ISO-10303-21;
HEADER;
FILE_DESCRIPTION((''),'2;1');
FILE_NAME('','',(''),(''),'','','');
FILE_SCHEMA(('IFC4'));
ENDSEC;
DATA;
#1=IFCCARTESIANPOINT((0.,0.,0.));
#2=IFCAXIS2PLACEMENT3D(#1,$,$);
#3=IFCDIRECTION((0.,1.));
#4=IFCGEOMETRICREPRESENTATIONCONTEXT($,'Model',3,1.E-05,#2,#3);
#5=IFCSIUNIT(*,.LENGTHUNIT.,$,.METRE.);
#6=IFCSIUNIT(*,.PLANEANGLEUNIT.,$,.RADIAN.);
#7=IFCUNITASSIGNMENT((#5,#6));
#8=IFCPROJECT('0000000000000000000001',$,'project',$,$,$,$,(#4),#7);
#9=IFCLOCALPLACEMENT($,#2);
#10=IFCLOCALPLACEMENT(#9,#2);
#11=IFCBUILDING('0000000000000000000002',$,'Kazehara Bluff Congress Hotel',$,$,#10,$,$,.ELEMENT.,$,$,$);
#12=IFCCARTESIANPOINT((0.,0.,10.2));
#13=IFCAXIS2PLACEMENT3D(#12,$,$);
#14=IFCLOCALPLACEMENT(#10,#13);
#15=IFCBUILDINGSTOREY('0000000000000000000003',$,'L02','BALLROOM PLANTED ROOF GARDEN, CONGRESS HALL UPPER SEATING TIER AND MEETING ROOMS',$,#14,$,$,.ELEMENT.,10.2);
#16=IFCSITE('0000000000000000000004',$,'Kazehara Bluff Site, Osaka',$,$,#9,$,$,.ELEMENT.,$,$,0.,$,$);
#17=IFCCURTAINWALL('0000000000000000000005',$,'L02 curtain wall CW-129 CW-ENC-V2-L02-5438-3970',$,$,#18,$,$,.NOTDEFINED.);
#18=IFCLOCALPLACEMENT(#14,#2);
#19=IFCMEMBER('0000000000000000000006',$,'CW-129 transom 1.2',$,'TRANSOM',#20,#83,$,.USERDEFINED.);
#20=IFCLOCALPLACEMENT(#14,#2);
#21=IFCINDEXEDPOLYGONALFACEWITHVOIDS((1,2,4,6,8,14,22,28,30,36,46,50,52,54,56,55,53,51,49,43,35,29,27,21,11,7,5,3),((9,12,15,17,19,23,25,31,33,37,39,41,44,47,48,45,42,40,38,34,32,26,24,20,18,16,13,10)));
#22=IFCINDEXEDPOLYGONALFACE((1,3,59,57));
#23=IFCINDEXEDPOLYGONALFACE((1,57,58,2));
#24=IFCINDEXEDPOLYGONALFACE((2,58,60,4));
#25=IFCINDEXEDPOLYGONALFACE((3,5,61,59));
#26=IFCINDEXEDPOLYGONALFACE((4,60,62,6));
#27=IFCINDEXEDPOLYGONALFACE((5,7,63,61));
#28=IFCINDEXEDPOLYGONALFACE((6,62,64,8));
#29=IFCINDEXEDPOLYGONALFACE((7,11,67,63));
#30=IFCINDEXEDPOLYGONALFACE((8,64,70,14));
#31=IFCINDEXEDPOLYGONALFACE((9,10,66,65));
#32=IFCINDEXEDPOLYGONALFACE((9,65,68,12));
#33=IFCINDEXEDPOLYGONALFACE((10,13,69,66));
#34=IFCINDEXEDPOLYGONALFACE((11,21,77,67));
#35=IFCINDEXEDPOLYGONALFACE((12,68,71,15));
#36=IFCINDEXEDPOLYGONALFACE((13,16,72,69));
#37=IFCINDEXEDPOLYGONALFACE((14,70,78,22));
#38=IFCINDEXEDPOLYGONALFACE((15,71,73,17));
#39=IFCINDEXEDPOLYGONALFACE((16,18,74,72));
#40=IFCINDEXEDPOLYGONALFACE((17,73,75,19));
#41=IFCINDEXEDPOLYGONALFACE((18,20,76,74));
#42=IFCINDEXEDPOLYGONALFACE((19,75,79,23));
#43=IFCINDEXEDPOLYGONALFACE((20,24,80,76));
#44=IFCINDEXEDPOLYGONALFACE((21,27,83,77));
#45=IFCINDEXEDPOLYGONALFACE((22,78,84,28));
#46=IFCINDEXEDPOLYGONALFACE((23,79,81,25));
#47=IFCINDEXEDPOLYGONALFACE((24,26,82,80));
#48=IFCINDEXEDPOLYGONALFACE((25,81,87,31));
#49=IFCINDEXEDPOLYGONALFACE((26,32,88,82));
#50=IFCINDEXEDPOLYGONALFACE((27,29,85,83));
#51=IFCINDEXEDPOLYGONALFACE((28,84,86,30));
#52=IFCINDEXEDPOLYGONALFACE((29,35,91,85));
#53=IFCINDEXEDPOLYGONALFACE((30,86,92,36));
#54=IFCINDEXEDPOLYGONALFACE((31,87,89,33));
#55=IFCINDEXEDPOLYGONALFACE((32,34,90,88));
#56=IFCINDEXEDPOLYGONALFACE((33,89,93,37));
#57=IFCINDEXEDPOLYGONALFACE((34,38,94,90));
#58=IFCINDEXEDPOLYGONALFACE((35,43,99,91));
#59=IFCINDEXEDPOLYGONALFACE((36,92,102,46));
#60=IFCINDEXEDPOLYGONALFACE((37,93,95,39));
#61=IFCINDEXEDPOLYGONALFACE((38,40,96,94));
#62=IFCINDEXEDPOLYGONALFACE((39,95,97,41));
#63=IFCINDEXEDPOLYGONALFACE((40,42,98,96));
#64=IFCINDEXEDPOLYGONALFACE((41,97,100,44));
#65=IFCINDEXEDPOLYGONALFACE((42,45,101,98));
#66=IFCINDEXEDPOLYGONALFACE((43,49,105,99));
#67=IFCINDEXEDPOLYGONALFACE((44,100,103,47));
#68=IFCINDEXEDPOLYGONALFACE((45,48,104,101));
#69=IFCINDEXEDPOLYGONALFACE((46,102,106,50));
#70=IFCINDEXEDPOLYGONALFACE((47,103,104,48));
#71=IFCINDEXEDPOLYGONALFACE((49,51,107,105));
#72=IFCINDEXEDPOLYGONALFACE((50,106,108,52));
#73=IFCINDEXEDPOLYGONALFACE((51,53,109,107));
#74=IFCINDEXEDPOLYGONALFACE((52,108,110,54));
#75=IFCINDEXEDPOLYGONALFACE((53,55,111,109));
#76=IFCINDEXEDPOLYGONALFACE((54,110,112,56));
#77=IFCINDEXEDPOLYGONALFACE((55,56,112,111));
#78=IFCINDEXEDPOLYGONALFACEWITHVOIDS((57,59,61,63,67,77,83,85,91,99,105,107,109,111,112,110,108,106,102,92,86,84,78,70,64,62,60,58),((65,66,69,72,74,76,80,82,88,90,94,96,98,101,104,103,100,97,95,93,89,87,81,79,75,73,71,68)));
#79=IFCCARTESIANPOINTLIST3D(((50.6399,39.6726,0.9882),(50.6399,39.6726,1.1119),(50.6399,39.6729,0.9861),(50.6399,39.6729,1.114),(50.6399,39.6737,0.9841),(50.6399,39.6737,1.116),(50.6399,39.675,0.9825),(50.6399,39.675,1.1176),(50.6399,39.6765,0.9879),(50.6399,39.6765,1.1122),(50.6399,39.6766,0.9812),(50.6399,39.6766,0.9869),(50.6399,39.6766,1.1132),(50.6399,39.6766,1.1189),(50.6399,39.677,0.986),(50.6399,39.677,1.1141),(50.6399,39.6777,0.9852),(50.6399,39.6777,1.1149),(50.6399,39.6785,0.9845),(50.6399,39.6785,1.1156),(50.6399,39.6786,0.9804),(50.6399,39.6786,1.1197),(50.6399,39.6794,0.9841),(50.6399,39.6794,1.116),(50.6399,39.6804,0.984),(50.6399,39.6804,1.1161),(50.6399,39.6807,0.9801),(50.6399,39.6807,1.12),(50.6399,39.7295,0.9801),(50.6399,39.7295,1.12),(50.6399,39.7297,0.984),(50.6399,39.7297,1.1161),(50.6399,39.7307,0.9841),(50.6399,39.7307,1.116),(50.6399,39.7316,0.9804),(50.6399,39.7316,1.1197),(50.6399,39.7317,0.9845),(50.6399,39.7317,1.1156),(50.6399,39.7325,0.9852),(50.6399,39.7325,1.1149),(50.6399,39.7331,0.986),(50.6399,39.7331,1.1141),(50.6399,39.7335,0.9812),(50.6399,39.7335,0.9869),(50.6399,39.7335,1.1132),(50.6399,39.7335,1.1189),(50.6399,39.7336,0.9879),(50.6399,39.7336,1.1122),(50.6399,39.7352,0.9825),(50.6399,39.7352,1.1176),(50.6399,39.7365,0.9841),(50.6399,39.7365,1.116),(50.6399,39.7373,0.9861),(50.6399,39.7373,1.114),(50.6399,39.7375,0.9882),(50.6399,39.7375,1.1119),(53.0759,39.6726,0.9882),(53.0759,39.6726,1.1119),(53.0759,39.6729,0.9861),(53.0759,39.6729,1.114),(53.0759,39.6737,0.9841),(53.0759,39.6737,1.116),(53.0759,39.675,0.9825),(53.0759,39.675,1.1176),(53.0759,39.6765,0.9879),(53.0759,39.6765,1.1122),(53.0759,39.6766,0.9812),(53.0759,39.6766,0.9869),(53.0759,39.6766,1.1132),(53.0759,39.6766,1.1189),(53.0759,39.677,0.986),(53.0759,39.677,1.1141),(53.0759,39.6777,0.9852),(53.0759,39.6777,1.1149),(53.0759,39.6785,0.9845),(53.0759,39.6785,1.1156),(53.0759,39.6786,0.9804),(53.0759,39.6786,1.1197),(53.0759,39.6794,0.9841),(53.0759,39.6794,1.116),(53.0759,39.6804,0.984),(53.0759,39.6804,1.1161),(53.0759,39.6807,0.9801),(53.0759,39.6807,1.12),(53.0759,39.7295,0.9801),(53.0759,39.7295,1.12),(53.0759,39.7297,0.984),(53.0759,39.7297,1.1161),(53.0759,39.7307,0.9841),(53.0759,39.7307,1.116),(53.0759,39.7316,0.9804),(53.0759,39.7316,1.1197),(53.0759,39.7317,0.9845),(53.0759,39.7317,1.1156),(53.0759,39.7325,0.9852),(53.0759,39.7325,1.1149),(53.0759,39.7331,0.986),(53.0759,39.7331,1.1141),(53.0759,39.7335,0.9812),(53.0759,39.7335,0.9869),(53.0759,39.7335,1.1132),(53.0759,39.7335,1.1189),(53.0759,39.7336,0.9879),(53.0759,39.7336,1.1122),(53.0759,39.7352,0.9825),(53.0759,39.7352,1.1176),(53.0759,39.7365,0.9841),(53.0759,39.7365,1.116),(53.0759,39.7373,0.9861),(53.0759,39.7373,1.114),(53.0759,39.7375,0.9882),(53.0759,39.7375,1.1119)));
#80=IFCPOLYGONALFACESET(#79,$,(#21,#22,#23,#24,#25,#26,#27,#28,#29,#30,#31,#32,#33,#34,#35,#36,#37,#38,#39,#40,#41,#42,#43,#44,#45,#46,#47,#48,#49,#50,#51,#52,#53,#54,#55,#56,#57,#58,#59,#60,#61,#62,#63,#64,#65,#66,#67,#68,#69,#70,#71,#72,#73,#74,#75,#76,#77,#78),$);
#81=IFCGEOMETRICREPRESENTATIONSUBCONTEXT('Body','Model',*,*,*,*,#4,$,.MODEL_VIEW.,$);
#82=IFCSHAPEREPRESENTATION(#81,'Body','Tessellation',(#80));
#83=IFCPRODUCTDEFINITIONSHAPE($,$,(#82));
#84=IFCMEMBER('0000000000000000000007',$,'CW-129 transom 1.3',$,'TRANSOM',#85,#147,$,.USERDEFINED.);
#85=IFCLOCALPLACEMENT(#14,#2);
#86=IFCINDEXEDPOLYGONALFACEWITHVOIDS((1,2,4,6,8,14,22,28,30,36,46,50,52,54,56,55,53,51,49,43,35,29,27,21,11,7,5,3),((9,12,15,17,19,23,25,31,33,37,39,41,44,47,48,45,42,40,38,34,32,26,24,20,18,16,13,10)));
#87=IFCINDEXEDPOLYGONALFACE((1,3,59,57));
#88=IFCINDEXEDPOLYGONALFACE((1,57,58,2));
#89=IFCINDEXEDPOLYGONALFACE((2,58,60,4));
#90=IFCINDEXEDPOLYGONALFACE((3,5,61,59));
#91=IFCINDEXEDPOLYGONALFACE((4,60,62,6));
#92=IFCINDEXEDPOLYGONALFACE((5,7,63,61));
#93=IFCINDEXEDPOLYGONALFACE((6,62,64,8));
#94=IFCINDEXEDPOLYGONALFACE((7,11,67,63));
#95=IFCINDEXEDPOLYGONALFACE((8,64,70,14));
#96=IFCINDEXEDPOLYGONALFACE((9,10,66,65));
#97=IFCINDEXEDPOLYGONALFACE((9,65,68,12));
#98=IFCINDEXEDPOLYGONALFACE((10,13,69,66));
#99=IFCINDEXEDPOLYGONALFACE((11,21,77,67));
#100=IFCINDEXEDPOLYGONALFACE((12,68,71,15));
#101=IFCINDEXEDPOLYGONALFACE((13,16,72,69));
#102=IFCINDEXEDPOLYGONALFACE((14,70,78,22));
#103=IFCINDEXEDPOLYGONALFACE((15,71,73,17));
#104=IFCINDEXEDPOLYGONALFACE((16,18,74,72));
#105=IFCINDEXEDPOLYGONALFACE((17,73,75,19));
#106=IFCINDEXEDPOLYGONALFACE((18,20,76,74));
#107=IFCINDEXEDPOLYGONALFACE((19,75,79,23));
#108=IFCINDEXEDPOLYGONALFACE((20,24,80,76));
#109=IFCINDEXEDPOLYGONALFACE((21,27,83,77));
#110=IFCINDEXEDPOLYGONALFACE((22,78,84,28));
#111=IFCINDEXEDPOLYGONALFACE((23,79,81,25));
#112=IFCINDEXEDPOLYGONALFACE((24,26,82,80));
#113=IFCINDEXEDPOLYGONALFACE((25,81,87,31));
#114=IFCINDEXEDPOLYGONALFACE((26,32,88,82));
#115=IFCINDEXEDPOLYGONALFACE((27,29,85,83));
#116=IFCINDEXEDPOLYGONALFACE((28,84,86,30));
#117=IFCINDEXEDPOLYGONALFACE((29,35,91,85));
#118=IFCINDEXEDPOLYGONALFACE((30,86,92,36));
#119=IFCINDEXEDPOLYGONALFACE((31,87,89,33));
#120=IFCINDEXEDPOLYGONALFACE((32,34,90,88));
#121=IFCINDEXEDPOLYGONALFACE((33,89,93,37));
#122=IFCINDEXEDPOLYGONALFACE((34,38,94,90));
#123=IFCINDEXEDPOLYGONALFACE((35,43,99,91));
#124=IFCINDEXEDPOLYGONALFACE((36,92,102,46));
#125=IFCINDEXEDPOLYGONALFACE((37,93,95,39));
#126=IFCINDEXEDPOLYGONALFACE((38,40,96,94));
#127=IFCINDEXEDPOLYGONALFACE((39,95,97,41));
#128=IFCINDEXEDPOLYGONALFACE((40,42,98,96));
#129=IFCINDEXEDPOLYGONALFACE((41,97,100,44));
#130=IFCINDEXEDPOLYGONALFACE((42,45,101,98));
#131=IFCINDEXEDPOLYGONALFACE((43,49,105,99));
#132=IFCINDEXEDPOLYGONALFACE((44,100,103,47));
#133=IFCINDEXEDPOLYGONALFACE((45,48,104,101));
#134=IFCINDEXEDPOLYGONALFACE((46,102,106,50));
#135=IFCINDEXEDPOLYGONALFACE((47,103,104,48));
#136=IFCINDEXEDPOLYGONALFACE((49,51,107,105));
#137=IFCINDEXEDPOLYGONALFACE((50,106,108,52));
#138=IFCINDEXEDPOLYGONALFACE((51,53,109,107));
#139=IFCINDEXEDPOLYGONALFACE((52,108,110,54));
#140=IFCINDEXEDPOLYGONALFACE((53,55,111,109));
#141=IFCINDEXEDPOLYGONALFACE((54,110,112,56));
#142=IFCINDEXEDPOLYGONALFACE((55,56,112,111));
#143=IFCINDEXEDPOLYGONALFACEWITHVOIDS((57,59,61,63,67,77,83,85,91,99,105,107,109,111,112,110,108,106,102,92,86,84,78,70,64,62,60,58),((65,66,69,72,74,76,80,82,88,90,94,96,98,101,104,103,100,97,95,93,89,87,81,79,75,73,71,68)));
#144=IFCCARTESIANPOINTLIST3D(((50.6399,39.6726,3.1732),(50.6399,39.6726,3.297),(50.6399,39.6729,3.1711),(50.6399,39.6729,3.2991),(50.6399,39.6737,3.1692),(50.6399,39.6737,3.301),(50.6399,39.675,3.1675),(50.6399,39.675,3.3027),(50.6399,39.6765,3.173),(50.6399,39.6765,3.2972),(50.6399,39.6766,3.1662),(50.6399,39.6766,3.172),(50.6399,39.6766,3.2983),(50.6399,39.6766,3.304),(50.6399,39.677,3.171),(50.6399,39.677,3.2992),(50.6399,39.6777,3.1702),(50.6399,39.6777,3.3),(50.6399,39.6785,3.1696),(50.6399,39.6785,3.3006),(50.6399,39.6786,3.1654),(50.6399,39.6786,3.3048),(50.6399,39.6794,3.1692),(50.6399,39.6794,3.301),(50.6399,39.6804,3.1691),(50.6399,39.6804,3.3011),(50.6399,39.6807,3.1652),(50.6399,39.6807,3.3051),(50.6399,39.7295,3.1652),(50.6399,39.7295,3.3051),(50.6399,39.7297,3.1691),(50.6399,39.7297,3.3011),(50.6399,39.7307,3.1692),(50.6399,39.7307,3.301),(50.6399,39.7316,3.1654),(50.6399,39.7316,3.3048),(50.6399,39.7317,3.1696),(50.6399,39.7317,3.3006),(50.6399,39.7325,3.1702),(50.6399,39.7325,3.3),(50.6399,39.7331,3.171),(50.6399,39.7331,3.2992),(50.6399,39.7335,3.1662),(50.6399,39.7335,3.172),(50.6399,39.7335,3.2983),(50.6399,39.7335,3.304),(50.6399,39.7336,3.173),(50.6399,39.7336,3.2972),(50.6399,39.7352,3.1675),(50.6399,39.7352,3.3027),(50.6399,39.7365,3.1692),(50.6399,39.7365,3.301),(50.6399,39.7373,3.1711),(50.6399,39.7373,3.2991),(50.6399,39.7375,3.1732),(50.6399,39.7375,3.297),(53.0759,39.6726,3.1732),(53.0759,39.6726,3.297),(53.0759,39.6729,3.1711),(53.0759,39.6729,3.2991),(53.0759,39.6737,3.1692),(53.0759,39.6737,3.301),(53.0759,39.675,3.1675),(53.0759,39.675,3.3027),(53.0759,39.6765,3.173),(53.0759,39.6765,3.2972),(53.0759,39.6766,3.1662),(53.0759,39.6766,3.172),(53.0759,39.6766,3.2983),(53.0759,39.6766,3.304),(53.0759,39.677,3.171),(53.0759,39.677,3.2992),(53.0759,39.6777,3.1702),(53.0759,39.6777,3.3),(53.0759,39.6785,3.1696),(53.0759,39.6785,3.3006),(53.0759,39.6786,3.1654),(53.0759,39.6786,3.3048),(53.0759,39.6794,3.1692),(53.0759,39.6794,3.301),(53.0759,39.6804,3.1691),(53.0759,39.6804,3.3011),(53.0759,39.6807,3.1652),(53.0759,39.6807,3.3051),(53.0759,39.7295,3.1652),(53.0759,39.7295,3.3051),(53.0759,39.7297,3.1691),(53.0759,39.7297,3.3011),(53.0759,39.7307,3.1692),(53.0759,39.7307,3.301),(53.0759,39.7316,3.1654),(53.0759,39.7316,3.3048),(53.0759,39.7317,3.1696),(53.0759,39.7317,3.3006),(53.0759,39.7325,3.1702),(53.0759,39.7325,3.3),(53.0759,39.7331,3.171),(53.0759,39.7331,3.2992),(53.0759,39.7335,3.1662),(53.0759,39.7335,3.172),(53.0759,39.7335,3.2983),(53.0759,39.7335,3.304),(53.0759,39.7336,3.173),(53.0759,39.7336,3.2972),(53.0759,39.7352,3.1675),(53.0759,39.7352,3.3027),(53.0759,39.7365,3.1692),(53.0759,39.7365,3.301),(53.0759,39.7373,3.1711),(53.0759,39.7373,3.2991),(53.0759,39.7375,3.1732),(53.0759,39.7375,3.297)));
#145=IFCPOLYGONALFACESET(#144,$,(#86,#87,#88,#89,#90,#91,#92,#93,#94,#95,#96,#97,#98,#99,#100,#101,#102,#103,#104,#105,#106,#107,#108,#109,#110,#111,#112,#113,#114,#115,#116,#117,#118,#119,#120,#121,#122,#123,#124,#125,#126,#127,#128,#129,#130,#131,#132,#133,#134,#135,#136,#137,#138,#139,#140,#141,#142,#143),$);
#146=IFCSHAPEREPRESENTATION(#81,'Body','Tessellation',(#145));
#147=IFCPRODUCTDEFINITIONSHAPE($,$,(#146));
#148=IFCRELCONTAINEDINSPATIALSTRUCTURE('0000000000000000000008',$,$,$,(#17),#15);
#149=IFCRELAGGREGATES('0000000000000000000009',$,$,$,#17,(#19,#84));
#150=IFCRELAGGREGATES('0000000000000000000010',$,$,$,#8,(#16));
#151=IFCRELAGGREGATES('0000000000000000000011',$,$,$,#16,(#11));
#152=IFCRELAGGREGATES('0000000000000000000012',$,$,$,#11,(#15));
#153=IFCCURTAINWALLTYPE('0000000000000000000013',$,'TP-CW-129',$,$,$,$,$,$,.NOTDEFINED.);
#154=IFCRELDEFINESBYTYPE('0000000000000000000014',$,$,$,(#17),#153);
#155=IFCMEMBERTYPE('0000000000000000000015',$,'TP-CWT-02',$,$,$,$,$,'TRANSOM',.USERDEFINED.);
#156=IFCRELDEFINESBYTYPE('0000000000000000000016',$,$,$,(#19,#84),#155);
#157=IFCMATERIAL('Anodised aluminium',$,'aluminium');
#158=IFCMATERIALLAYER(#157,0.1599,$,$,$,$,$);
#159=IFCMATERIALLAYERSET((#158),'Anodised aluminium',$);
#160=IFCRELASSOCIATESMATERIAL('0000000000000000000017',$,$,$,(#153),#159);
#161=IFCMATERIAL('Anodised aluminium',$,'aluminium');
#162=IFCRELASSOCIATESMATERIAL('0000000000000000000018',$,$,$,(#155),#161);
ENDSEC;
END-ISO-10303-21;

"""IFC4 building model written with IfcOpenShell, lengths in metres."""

from ifc_helpers import new_model, si_unit, direction, frame, origin, origin_2d, place, context, subcontext, project, spatial, hollow_rectangle, extrude, material, layer, layer_set, material_profile, profile_set, type_object, element, aggregate, save


model = new_model("IFC4")

# Units and contexts
model_context = context("Model", 3, precision=1e-05, world=origin(), true_north=direction((0.0, 1.0)))
body_context = subcontext(model_context, "Body", "Model", "MODEL_VIEW")
ifc_project = project(units=[si_unit("LENGTHUNIT", "METRE"), si_unit("PLANEANGLEUNIT", "RADIAN")], contexts=[model_context])

# Site, building, storey
site_placement = place(None, origin())
site = spatial("IfcSite", under=ifc_project, at=site_placement, Name="Kazehara Bluff Site, Osaka", CompositionType="ELEMENT", RefElevation=0.0)
building_placement = place(site_placement, origin())
building = spatial("IfcBuilding", under=site, at=building_placement, Name="Kazehara Bluff Congress Hotel", CompositionType="ELEMENT")
storey_placement = place(building_placement, frame((0.0, 0.0, 10.2)))
storey = spatial("IfcBuildingStorey", under=building, at=storey_placement, Name="L02", Description="BALLROOM PLANTED ROOF GARDEN, CONGRESS HALL UPPER SEATING TIER AND MEETING ROOMS", CompositionType="ELEMENT", Elevation=10.2)

# Curtain wall
ifc_material_1 = material(Name="Anodised aluminium", Category="aluminium")
ifc_layer_1 = layer(ifc_material_1, 0.1599)
ifc_layer_set_1 = layer_set([ifc_layer_1], Name="Anodised aluminium")
curtain_wall_type_1 = type_object("IfcCurtainWallType", Name="TP-CW-129", PredefinedType="NOTDEFINED", material=ifc_layer_set_1)
curtain_wall_1_placement = place(storey_placement, origin())
curtain_wall_1 = element("IfcCurtainWall", 1, at=curtain_wall_1_placement, inside=storey, type_object=curtain_wall_type_1, Name="L02 curtain wall CW-129 CW-ENC-V2-L02-5438-3970", PredefinedType="NOTDEFINED")

# Shared definitions
ifc_material_2 = material(Name="Anodised aluminium", Category="aluminium")
ifc_material_profile_1 = material_profile(ifc_material_2, hollow_rectangle(XDim=0.0649, YDim=0.1399, WallThickness=0.0039, InnerFilletRadius=0.0039, OuterFilletRadius=0.0081, at=origin_2d()))
ifc_profile_set_1 = profile_set([ifc_material_profile_1], Name="Anodised aluminium")
member_type_1 = type_object("IfcMemberType", Name="TP-CWT-02", ElementType="TRANSOM", PredefinedType="USERDEFINED", material=ifc_profile_set_1)

# Members
member_1_placement = place(storey_placement, frame((50.6399, 39.7051, 1.05), z_axis=(1.0, 0.0, 0.0), x_axis=(0.0, 1.0, 0.0)))
member_1 = element("IfcMember", 2, at=member_1_placement, type_object=member_type_1, Name="CW-129 transom 1.2", ObjectType="TRANSOM", PredefinedType="USERDEFINED", context=body_context, shape_type="SweptSolid", body=[
    extrude(hollow_rectangle(XDim=0.0649, YDim=0.1399, WallThickness=0.0039, InnerFilletRadius=0.0039, OuterFilletRadius=0.0081, at=origin_2d()), origin(), (0.0, 0.0, 1.0), 2.436),
])
member_2_placement = place(storey_placement, frame((50.6399, 39.7051, 3.2351), z_axis=(1.0, 0.0, 0.0), x_axis=(0.0, 1.0, 0.0)))
member_2 = element("IfcMember", 3, at=member_2_placement, type_object=member_type_1, Name="CW-129 transom 1.3", ObjectType="TRANSOM", PredefinedType="USERDEFINED", context=body_context, shape_type="SweptSolid", body=[
    extrude(hollow_rectangle(XDim=0.0649, YDim=0.1399, WallThickness=0.0039, InnerFilletRadius=0.0039, OuterFilletRadius=0.0081, at=origin_2d()), origin(), (0.0, 0.0, 1.0), 2.436),
])

aggregate(curtain_wall_1, [member_1, member_2])

save(model, "model.ifc")
